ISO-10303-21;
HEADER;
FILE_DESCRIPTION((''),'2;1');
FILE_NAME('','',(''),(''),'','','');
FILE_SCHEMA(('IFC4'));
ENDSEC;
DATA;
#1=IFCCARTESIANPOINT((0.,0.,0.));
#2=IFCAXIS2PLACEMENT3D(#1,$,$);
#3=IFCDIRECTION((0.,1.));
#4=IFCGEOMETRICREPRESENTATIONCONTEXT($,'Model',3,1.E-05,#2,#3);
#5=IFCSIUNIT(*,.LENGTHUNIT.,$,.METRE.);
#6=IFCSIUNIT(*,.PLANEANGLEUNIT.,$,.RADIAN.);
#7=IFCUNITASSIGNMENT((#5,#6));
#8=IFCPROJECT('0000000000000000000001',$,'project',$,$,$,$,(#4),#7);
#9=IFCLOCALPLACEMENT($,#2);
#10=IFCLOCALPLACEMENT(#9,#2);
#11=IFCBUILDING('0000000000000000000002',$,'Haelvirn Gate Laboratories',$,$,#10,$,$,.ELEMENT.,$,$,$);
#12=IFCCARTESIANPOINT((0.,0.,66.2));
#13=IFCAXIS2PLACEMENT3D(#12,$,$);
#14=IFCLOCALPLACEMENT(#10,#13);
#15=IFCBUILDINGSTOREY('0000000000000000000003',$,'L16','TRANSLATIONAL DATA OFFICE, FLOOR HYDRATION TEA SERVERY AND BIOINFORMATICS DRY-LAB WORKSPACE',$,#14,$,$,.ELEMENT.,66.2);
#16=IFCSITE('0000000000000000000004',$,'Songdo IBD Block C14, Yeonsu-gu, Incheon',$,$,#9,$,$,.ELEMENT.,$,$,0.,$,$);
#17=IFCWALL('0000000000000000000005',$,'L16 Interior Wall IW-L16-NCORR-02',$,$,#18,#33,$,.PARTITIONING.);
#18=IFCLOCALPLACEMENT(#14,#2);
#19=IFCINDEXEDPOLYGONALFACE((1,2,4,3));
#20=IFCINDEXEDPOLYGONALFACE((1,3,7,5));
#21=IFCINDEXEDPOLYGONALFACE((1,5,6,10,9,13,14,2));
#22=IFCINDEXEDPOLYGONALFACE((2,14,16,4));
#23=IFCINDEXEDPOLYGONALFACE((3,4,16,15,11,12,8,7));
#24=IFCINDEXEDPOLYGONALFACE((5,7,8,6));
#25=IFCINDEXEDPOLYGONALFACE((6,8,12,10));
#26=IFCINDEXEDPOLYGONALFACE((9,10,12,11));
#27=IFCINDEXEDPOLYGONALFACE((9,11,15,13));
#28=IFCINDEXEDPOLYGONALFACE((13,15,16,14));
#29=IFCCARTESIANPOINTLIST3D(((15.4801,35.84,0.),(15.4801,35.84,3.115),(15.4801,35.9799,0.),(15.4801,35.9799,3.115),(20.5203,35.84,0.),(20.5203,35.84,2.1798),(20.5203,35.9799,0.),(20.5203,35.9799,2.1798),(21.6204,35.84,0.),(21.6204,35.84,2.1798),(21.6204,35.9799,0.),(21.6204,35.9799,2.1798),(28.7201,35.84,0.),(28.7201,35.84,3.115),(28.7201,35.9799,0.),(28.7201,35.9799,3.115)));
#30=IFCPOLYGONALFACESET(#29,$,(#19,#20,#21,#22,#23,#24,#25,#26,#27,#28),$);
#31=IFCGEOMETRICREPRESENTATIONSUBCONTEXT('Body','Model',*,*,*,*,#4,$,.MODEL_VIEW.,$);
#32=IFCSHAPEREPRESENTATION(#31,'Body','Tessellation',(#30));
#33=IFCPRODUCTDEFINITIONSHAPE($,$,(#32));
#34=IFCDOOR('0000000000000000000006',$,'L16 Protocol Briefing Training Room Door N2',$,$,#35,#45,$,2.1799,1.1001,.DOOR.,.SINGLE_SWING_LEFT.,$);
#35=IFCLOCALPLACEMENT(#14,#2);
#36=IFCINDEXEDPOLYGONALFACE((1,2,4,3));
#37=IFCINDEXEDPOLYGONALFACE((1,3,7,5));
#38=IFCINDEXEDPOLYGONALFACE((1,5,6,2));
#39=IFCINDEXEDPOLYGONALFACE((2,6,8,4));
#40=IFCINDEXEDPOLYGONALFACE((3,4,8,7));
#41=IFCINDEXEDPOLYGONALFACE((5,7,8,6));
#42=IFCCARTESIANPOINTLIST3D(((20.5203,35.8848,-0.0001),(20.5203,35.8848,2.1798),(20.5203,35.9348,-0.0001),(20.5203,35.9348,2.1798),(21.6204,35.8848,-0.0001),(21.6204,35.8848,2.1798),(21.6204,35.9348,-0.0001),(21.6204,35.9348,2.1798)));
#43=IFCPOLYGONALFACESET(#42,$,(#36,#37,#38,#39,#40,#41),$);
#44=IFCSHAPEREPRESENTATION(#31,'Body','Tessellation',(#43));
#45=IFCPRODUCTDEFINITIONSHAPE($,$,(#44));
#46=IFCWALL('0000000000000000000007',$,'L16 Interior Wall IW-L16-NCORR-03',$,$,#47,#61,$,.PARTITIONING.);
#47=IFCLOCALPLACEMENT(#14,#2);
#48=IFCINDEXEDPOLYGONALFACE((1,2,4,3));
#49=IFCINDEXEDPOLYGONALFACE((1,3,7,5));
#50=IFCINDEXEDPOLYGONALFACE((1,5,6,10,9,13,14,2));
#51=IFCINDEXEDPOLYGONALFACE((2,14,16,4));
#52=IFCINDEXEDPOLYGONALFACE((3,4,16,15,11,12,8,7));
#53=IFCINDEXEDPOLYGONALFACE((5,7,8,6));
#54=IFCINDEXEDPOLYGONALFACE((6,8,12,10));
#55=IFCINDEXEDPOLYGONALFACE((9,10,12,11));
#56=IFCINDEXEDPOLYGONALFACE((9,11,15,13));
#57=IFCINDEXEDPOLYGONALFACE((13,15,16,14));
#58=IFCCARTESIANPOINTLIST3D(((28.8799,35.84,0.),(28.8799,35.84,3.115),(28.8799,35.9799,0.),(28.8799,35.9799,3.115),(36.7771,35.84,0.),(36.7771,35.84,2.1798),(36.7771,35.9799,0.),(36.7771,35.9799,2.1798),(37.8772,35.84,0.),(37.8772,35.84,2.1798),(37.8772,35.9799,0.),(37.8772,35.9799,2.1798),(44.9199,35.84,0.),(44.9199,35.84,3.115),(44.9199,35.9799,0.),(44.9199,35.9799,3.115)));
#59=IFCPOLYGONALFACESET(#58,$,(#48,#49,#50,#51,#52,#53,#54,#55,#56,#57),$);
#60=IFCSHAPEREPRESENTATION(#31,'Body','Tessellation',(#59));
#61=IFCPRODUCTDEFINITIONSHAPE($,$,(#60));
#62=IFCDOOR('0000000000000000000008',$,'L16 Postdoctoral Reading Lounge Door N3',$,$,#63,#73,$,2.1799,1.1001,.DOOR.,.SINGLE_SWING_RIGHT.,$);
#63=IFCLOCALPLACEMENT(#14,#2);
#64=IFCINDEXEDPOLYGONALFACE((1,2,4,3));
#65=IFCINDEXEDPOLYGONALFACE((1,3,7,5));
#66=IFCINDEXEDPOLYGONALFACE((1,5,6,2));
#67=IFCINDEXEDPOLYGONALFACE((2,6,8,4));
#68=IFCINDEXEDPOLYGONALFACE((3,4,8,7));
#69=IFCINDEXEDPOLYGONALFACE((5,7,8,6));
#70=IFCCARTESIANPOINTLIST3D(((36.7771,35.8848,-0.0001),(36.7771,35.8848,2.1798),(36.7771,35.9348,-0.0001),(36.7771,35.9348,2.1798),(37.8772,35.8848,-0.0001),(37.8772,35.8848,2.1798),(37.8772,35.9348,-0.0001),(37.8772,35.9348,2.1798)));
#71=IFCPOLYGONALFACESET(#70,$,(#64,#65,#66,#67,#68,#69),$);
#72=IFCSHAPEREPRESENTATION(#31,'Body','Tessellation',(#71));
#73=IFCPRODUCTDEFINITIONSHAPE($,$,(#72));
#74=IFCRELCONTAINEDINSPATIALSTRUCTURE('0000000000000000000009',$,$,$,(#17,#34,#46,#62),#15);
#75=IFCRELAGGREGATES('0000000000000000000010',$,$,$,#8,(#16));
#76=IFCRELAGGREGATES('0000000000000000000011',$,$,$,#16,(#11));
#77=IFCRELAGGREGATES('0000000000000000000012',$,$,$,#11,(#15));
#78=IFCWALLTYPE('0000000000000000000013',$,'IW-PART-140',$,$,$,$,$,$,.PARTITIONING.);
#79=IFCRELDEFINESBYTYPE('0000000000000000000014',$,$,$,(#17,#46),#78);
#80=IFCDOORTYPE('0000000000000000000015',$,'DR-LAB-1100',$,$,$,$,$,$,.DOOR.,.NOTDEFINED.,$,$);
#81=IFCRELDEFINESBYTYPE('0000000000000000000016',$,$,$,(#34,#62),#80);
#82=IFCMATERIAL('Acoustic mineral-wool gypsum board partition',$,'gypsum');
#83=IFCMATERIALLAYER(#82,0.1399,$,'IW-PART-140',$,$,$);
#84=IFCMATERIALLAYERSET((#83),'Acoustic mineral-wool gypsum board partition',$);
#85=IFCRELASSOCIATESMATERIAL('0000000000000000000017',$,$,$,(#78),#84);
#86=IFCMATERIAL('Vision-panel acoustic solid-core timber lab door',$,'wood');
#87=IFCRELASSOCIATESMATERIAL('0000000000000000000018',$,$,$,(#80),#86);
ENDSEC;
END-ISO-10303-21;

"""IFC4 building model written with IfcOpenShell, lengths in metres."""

from ifc_helpers import new_model, si_unit, direction, frame, frame_2d, origin, place, context, subcontext, project, spatial, rectangle, extrude, source, transform, mapped, material, layer, layer_set, type_object, type_shapes, element, fill, save


model = new_model("IFC4")

# Units and contexts
model_context = context("Model", 3, precision=1e-05, world=origin(), true_north=direction((0.0, 1.0)))
body_context = subcontext(model_context, "Body", "Model", "MODEL_VIEW")
ifc_project = project(units=[si_unit("LENGTHUNIT", "METRE"), si_unit("PLANEANGLEUNIT", "RADIAN")], contexts=[model_context])

# Site, building, storey
site_placement = place(None, origin())
site = spatial("IfcSite", under=ifc_project, at=site_placement, Name="Songdo IBD Block C14, Yeonsu-gu, Incheon", CompositionType="ELEMENT", RefElevation=0.0)
building_placement = place(site_placement, origin())
building = spatial("IfcBuilding", under=site, at=building_placement, Name="Haelvirn Gate Laboratories", CompositionType="ELEMENT")
storey_placement = place(building_placement, frame((0.0, 0.0, 66.2)))
storey = spatial("IfcBuildingStorey", under=building, at=storey_placement, Name="L16", Description="TRANSLATIONAL DATA OFFICE, FLOOR HYDRATION TEA SERVERY AND BIOINFORMATICS DRY-LAB WORKSPACE", CompositionType="ELEMENT", Elevation=66.2)

# Walls, openings, doors
ifc_material_1 = material(Name="Acoustic mineral-wool gypsum board partition", Category="gypsum")
ifc_layer_1 = layer(ifc_material_1, 0.1399, Name="IW-PART-140")
ifc_layer_set_1 = layer_set([ifc_layer_1], Name="Acoustic mineral-wool gypsum board partition")
wall_type_1 = type_object("IfcWallType", Name="IW-PART-140", PredefinedType="PARTITIONING", material=ifc_layer_set_1)
wall_1_placement = place(storey_placement, frame((15.48, 35.9099, 0.0), z_axis=(0.0, 0.0, 1.0), x_axis=(1.0, 0.0, 0.0)))
wall_1 = element("IfcWall", 1, at=wall_1_placement, inside=storey, type_object=wall_type_1, Name="L16 Interior Wall IW-L16-NCORR-02", PredefinedType="PARTITIONING", context=body_context, shape_type="SweptSolid", body=[
    extrude(rectangle(XDim=13.24, YDim=0.1399, at=frame_2d((6.6201, 0.0))), origin(), (0.0, 0.0, 1.0), 3.115),
])
opening_1_placement = place(wall_1_placement, frame((5.0403, 0.0, 0.0)))
opening_1 = element("IfcOpeningElement", 2, at=opening_1_placement, cuts=wall_1, PredefinedType="OPENING", context=body_context, shape_type="SweptSolid", body=[
    extrude(rectangle(XDim=1.1001, YDim=2.1799, at=frame_2d((0.55, 1.0898))), frame((0.0, 0.0801, 0.0), z_axis=(0.0, -1.0, 0.0), x_axis=(1.0, 0.0, 0.0)), (0.0, 0.0, 1.0), 0.1599),
])
ifc_material_2 = material(Name="Vision-panel acoustic solid-core timber lab door", Category="wood")
door_type = type_object("IfcDoorType", Name="DR-LAB-1100", OperationType="NOTDEFINED", PredefinedType="DOOR", material=ifc_material_2)
shared_shape_1 = source(origin(), body_context, "Body", "SweptSolid", [
    extrude(rectangle(XDim=1.1001, YDim=2.1799, at=frame_2d((0.55, 1.0898))), frame((0.0, 0.0249, 0.0), z_axis=(0.0, -1.0, 0.0), x_axis=(1.0, 0.0, 0.0)), (0.0, 0.0, 1.0), 0.05),
])
type_shapes(door_type, [shared_shape_1])
door_1_placement = place(opening_1_placement, origin())
door_1 = element("IfcDoor", 3, at=door_1_placement, inside=storey, type_object=door_type, Name="L16 Protocol Briefing Training Room Door N2", OperationType="SINGLE_SWING_LEFT", OverallHeight=2.1799, OverallWidth=1.1001, PredefinedType="DOOR", context=body_context, shape_type="MappedRepresentation", body=[
    mapped(shared_shape_1, transform((0.0, 0.0, 0.0), scale=1.0)),
])
fill(opening_1, door_1)
wall_2_placement = place(storey_placement, frame((28.8799, 35.9099, 0.0), z_axis=(0.0, 0.0, 1.0), x_axis=(1.0, 0.0, 0.0)))
wall_2 = element("IfcWall", 4, at=wall_2_placement, inside=storey, type_object=wall_type_1, Name="L16 Interior Wall IW-L16-NCORR-03", PredefinedType="PARTITIONING", context=body_context, shape_type="SweptSolid", body=[
    extrude(rectangle(XDim=16.04, YDim=0.1399, at=frame_2d((8.02, 0.0))), origin(), (0.0, 0.0, 1.0), 3.115),
])
opening_2_placement = place(wall_2_placement, frame((7.8972, 0.0, 0.0)))
opening_2 = element("IfcOpeningElement", 5, at=opening_2_placement, cuts=wall_2, PredefinedType="OPENING", context=body_context, shape_type="SweptSolid", body=[
    extrude(rectangle(XDim=1.1001, YDim=2.1799, at=frame_2d((0.55, 1.0898))), frame((0.0, 0.0801, 0.0), z_axis=(0.0, -1.0, 0.0), x_axis=(1.0, 0.0, 0.0)), (0.0, 0.0, 1.0), 0.1599),
])
door_2_placement = place(opening_2_placement, origin())
door_2 = element("IfcDoor", 6, at=door_2_placement, inside=storey, type_object=door_type, Name="L16 Postdoctoral Reading Lounge Door N3", OperationType="SINGLE_SWING_RIGHT", OverallHeight=2.1799, OverallWidth=1.1001, PredefinedType="DOOR", context=body_context, shape_type="MappedRepresentation", body=[
    mapped(shared_shape_1, transform((0.0, 0.0, 0.0), scale=1.0)),
])
fill(opening_2, door_2)

save(model, "model.ifc")
